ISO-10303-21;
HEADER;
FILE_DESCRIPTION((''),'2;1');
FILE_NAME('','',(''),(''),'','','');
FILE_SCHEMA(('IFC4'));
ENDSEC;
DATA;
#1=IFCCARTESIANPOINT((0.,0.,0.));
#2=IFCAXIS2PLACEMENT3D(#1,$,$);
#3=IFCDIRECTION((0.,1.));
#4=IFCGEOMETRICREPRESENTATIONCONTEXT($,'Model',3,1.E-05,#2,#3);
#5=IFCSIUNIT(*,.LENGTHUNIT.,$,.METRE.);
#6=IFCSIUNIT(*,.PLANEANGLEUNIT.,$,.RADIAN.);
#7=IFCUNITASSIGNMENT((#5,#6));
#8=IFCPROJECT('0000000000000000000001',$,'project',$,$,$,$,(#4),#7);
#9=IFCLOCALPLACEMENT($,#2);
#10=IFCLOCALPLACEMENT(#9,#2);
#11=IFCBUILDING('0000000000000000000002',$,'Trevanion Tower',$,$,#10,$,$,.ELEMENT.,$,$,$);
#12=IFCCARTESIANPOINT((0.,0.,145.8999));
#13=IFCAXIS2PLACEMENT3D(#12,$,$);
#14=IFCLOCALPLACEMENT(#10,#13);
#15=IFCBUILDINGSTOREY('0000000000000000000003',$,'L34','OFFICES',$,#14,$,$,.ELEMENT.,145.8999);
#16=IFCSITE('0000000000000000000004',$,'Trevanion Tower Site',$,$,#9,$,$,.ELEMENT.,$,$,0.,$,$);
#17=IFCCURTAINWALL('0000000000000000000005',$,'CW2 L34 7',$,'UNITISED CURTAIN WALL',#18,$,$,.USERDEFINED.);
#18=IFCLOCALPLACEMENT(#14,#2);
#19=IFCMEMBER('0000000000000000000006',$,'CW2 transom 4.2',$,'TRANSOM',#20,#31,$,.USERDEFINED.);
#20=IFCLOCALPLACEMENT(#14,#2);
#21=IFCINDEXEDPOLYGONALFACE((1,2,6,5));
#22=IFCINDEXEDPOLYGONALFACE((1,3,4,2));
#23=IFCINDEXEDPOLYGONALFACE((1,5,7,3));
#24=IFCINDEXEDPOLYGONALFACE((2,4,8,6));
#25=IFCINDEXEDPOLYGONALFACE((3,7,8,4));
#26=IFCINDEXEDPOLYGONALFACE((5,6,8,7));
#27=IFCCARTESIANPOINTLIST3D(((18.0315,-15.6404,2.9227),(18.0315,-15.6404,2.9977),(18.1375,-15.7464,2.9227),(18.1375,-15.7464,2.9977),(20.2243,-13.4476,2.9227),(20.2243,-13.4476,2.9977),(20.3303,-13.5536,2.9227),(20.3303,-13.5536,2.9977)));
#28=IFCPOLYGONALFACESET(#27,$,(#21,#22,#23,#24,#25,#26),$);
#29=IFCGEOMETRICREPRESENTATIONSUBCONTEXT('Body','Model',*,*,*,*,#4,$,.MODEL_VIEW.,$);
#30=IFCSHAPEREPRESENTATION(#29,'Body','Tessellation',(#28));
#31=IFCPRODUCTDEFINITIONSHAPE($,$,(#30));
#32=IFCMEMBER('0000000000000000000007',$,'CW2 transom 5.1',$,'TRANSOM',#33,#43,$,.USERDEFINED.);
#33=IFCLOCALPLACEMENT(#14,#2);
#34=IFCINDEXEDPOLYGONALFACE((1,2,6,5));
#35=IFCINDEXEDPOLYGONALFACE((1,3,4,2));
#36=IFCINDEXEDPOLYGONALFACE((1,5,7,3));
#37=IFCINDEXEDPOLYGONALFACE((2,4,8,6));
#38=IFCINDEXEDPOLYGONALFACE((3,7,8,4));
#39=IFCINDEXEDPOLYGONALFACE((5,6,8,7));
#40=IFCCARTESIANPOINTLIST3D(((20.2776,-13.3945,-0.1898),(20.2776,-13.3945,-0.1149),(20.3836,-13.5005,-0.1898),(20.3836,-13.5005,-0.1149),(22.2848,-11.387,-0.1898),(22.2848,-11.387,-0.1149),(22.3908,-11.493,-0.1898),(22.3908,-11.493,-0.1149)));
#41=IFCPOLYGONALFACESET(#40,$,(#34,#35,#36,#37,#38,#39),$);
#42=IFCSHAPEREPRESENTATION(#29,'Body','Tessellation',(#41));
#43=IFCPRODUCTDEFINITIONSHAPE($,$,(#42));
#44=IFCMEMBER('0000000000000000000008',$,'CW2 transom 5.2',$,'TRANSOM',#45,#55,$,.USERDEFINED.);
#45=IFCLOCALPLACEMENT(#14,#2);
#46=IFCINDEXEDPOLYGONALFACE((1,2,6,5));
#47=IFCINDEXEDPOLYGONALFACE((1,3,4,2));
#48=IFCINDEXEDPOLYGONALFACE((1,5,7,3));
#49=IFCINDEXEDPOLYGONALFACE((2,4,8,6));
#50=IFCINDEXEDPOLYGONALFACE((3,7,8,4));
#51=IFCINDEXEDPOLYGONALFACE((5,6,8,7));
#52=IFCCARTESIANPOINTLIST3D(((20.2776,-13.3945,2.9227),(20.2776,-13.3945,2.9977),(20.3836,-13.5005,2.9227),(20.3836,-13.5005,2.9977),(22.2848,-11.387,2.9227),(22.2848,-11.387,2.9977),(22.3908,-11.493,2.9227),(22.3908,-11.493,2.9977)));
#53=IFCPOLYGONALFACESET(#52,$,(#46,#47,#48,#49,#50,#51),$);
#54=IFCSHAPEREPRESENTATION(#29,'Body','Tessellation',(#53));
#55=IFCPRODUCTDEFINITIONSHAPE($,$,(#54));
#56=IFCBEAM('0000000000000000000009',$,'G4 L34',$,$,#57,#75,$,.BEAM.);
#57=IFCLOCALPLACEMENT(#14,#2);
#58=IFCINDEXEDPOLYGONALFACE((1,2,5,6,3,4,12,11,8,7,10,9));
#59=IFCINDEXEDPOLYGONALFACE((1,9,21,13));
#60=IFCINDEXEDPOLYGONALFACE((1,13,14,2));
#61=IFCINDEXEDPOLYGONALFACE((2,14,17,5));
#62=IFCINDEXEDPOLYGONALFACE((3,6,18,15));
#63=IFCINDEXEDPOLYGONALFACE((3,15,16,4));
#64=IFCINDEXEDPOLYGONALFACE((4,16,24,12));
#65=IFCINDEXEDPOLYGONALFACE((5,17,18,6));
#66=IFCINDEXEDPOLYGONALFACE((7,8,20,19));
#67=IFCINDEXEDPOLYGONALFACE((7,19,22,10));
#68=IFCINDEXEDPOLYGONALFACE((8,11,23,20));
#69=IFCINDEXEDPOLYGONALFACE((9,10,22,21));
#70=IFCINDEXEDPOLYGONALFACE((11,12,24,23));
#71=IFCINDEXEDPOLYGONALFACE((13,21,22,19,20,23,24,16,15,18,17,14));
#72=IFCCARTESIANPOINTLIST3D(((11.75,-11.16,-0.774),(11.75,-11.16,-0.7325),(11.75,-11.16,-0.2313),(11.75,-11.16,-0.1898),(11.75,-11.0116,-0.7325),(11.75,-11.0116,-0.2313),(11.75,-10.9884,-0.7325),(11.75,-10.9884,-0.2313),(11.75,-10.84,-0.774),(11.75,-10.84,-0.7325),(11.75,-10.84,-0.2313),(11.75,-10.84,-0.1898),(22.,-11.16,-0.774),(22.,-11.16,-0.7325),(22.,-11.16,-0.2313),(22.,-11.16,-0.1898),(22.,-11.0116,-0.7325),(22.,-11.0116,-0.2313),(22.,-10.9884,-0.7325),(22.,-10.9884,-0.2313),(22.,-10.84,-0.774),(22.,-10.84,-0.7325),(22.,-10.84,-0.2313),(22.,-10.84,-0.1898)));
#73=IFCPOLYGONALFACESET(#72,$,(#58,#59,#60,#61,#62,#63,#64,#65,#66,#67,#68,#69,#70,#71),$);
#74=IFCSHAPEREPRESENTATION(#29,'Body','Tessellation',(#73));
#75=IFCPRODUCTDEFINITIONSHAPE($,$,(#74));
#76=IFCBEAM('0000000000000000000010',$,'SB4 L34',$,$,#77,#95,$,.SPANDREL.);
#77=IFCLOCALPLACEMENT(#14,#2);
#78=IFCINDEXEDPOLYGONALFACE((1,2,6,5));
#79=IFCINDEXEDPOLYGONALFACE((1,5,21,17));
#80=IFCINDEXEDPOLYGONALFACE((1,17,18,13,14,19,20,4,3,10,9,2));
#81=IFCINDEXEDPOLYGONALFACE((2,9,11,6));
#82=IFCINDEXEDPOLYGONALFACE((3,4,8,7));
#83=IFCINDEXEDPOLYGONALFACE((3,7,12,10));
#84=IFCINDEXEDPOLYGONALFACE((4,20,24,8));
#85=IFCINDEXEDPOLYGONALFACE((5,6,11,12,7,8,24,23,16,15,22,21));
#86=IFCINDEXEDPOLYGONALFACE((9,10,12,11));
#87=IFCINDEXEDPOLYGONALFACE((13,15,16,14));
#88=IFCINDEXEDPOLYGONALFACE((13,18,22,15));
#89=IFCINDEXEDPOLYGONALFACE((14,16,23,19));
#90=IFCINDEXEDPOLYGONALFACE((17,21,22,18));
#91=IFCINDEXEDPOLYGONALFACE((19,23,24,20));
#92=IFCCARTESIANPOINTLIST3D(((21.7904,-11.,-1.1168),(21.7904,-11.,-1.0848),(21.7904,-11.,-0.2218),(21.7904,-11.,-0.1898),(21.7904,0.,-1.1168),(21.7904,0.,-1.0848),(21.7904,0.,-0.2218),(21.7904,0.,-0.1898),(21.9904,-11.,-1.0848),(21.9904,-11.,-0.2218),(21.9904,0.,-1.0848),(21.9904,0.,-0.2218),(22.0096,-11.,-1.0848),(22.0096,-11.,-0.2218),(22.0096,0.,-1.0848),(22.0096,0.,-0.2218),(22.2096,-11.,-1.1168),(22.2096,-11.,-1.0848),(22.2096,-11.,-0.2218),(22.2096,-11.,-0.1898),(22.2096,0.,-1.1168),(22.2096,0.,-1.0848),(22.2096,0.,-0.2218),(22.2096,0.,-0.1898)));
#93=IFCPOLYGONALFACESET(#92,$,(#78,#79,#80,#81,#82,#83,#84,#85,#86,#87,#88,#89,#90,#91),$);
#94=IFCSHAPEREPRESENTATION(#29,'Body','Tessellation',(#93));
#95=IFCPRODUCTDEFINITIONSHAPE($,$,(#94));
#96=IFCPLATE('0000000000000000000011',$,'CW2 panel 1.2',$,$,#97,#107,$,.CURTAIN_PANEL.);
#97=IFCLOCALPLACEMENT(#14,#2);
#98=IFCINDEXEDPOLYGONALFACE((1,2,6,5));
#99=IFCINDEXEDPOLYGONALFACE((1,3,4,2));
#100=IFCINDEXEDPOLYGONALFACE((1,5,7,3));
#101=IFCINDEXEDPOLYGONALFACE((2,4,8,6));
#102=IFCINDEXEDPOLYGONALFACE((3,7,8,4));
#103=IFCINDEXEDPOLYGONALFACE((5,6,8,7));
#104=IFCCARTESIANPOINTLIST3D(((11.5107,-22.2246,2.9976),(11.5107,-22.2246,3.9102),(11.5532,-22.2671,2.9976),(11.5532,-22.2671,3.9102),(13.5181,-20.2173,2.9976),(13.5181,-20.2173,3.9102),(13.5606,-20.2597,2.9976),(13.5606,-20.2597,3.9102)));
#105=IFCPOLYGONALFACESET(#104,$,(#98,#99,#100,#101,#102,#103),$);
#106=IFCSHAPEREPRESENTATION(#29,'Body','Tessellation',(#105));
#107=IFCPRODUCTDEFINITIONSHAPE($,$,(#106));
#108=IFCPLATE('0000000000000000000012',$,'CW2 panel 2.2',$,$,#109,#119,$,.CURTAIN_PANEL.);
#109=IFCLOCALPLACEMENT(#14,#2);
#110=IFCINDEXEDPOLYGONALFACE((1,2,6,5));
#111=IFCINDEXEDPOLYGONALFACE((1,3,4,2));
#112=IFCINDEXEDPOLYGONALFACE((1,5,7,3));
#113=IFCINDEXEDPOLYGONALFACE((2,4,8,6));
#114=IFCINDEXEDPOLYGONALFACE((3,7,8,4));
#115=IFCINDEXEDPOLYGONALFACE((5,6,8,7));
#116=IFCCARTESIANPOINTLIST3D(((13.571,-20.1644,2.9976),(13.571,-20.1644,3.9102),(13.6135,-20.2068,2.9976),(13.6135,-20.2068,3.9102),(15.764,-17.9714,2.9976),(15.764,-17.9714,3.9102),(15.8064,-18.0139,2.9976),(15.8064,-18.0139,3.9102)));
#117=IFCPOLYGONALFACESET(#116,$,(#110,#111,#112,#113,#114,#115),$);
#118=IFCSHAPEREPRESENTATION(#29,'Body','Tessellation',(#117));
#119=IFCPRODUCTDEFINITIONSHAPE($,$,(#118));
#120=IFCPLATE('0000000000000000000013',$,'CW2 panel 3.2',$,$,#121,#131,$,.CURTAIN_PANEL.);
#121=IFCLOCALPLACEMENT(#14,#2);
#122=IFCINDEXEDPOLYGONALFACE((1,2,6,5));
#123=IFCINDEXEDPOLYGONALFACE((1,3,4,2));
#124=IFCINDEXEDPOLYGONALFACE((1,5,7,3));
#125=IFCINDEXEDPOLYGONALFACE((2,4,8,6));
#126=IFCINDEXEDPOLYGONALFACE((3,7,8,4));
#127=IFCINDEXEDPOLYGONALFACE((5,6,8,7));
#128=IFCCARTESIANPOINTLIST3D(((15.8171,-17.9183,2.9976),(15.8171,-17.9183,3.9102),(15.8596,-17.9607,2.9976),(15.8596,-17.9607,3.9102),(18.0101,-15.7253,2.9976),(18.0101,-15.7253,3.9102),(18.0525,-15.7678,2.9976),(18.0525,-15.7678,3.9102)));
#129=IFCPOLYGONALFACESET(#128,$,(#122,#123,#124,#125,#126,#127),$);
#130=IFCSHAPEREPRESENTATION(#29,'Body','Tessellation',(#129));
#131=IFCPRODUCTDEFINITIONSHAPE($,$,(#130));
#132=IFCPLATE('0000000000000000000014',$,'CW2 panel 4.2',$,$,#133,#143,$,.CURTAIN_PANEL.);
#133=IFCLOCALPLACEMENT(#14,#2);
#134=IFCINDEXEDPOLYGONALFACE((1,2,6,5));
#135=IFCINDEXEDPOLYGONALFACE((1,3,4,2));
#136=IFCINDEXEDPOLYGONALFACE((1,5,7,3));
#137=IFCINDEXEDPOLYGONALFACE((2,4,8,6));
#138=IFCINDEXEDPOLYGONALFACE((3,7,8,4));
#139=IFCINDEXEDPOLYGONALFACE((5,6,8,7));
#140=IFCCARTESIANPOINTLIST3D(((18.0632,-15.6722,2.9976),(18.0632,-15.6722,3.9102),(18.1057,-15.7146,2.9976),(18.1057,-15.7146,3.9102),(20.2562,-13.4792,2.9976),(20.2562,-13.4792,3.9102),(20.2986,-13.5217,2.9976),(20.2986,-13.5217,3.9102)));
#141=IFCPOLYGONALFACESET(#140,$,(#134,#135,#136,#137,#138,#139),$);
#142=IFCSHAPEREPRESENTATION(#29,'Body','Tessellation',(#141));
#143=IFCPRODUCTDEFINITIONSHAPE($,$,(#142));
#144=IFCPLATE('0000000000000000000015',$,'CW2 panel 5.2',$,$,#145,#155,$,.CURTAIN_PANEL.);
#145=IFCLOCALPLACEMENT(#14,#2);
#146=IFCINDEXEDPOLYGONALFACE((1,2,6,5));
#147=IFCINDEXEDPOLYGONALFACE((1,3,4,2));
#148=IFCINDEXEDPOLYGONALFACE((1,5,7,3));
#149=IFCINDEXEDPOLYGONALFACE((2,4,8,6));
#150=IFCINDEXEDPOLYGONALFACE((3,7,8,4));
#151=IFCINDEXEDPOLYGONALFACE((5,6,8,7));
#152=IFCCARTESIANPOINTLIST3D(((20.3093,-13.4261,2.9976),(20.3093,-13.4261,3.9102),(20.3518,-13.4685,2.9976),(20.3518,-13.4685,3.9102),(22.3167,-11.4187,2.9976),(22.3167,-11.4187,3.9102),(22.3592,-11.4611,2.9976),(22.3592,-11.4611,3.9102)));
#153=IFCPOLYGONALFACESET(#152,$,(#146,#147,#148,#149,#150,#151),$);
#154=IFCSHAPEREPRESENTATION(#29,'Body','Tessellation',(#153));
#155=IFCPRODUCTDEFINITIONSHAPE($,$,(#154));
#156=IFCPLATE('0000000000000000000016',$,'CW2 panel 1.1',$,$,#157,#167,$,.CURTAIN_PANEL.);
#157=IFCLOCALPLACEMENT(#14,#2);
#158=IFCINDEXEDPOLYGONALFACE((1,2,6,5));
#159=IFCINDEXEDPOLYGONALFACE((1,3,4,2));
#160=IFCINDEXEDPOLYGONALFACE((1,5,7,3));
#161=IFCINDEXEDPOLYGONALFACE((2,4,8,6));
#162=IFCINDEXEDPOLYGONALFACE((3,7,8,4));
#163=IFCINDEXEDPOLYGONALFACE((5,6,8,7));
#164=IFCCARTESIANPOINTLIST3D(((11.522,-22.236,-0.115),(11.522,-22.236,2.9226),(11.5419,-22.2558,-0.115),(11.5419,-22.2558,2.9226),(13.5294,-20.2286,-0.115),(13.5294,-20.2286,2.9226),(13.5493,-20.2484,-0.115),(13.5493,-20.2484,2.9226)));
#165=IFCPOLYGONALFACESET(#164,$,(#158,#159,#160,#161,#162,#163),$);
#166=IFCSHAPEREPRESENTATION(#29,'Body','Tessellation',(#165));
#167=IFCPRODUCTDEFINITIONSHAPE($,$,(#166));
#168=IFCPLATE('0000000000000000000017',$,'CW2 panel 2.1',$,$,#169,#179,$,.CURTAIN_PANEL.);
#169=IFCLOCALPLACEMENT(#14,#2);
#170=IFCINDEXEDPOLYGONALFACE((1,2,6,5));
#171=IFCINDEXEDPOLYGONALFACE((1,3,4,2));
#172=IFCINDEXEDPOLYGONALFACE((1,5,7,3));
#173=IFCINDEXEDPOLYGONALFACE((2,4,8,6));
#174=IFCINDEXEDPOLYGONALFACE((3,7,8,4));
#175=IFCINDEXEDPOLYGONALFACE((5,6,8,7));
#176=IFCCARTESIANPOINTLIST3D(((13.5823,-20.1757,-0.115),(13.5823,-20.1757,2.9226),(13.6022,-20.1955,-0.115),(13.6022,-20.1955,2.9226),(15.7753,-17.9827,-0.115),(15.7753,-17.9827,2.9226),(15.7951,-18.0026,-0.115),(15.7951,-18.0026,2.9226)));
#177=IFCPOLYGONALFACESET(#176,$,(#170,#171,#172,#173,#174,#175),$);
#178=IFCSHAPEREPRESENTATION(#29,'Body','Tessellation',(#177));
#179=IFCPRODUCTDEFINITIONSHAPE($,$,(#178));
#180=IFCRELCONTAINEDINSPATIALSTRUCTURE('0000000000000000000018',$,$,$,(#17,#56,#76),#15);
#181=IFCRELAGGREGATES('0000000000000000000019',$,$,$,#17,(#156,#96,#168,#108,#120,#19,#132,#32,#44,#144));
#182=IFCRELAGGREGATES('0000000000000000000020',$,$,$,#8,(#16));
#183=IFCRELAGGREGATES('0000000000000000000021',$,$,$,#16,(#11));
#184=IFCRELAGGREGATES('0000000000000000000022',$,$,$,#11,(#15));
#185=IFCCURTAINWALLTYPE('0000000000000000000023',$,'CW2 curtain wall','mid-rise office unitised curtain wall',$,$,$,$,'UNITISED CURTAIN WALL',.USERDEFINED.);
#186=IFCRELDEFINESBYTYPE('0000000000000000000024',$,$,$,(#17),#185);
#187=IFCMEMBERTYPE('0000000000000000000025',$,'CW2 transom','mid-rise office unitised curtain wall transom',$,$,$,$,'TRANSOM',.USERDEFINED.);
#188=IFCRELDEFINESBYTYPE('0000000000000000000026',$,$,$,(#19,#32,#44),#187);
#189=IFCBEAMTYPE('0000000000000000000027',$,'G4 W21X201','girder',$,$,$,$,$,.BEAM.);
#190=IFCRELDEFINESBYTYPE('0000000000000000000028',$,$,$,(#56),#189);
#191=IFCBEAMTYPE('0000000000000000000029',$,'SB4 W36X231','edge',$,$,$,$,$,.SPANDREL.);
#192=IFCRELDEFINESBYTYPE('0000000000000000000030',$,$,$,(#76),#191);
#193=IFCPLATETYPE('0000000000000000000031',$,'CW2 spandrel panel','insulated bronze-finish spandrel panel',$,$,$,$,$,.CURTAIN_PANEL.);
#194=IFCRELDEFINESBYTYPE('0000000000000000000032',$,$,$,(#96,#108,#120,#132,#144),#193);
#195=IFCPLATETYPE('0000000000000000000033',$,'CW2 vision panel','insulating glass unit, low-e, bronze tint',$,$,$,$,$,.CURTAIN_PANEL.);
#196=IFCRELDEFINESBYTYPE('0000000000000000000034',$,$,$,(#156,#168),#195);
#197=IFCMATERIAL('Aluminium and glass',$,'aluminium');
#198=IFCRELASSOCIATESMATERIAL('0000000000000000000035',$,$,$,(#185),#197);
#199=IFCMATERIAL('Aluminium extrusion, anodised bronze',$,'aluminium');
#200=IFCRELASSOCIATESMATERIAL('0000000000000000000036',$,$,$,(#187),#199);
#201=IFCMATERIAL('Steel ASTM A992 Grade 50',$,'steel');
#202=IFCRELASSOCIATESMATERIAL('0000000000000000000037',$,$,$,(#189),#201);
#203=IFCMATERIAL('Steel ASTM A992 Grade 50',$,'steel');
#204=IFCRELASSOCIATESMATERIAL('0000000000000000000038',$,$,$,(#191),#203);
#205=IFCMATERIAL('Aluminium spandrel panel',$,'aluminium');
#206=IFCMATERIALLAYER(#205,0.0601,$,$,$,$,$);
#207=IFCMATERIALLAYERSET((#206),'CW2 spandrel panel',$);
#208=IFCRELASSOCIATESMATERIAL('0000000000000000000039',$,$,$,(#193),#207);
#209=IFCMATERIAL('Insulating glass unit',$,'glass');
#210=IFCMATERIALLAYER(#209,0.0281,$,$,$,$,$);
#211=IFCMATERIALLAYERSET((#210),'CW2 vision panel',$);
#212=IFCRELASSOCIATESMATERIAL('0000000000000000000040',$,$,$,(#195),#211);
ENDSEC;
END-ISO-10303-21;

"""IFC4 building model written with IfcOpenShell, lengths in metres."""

from ifc_helpers import new_model, si_unit, direction, frame, origin, origin_2d, place, context, subcontext, project, spatial, rectangle, i_section, extrude, material, layer, layer_set, material_profile, profile_set, type_object, element, aggregate, save


model = new_model("IFC4")

# Units and contexts
model_context = context("Model", 3, precision=1e-05, world=origin(), true_north=direction((0.0, 1.0)))
body_context = subcontext(model_context, "Body", "Model", "MODEL_VIEW")
ifc_project = project(units=[si_unit("LENGTHUNIT", "METRE"), si_unit("PLANEANGLEUNIT", "RADIAN")], contexts=[model_context])

# Site, building, storey
site_placement = place(None, origin())
site = spatial("IfcSite", under=ifc_project, at=site_placement, Name="Trevanion Tower Site", CompositionType="ELEMENT", RefElevation=0.0)
building_placement = place(site_placement, origin())
building = spatial("IfcBuilding", under=site, at=building_placement, Name="Trevanion Tower", CompositionType="ELEMENT")
storey_placement = place(building_placement, frame((0.0, 0.0, 145.8999)))
storey = spatial("IfcBuildingStorey", under=building, at=storey_placement, Name="L34", Description="OFFICES", CompositionType="ELEMENT", Elevation=145.8999)

# Curtain wall, members
ifc_material_1 = material(Name="Aluminium and glass", Category="aluminium")
curtain_wall_type = type_object("IfcCurtainWallType", Name="CW2 curtain wall", Description="mid-rise office unitised curtain wall", ElementType="UNITISED CURTAIN WALL", PredefinedType="USERDEFINED", material=ifc_material_1)
curtain_wall_placement = place(storey_placement, origin())
curtain_wall = element("IfcCurtainWall", 1, at=curtain_wall_placement, inside=storey, type_object=curtain_wall_type, Name="CW2 L34 7", ObjectType="UNITISED CURTAIN WALL", PredefinedType="USERDEFINED")
ifc_material_2 = material(Name="Aluminium extrusion, anodised bronze", Category="aluminium")
ifc_material_profile_1 = material_profile(ifc_material_2, rectangle(XDim=0.1499, YDim=0.075, at=origin_2d()), Name="CW2 transom")
ifc_profile_set_1 = profile_set([ifc_material_profile_1], Name="Aluminium extrusion, anodised bronze")
member_type_1 = type_object("IfcMemberType", Name="CW2 transom", Description="mid-rise office unitised curtain wall transom", ElementType="TRANSOM", PredefinedType="USERDEFINED", material=ifc_profile_set_1)
member_1_placement = place(storey_placement, frame((18.0845, -15.6934, 2.9602), z_axis=(0.707107, 0.707107, 0.0), x_axis=(-0.707107, 0.707107, 0.0)))
member_1 = element("IfcMember", 2, at=member_1_placement, type_object=member_type_1, Name="CW2 transom 4.2", ObjectType="TRANSOM", PredefinedType="USERDEFINED", context=body_context, shape_type="SweptSolid", body=[
    extrude(rectangle(XDim=0.1499, YDim=0.075, at=origin_2d()), origin(), (0.0, 0.0, 1.0), 3.1011),
])
member_2_placement = place(storey_placement, frame((20.3306, -13.4475, -0.1523), z_axis=(0.707064, 0.70715, 0.0), x_axis=(-0.70715, 0.707064, 0.0)))
member_2 = element("IfcMember", 3, at=member_2_placement, type_object=member_type_1, Name="CW2 transom 5.1", ObjectType="TRANSOM", PredefinedType="USERDEFINED", context=body_context, shape_type="SweptSolid", body=[
    extrude(rectangle(XDim=0.1499, YDim=0.075, at=origin_2d()), origin(), (0.0, 0.0, 1.0), 2.8389),
])
member_3_placement = place(storey_placement, frame((20.3306, -13.4475, 2.9602), z_axis=(0.707064, 0.70715, 0.0), x_axis=(-0.70715, 0.707064, 0.0)))
member_3 = element("IfcMember", 4, at=member_3_placement, type_object=member_type_1, Name="CW2 transom 5.2", ObjectType="TRANSOM", PredefinedType="USERDEFINED", context=body_context, shape_type="SweptSolid", body=[
    extrude(rectangle(XDim=0.1499, YDim=0.075, at=origin_2d()), origin(), (0.0, 0.0, 1.0), 2.8389),
])

# Beams
ifc_material_3 = material(Name="Steel ASTM A992 Grade 50", Category="steel")
ifc_material_profile_2 = material_profile(ifc_material_3, i_section(OverallWidth=0.3201, OverallDepth=0.5842, WebThickness=0.0232, FlangeThickness=0.0415, at=origin_2d()), Name="W21X201")
ifc_profile_set_2 = profile_set([ifc_material_profile_2], Name="Steel ASTM A992 Grade 50")
beam_type_1 = type_object("IfcBeamType", Name="G4 W21X201", Description="girder", PredefinedType="BEAM", material=ifc_profile_set_2)
beam_1_placement = place(storey_placement, frame((11.75, -11.0, -0.4819), z_axis=(1.0, 0.0, 0.0), x_axis=(0.0, 1.0, 0.0)))
element("IfcBeam", 5, at=beam_1_placement, inside=storey, type_object=beam_type_1, Name="G4 L34", PredefinedType="BEAM", context=body_context, shape_type="SweptSolid", body=[
    extrude(i_section(OverallWidth=0.3201, OverallDepth=0.5842, WebThickness=0.0232, FlangeThickness=0.0415, at=origin_2d()), origin(), (0.0, 0.0, 1.0), 10.25),
])
ifc_material_4 = material(Name="Steel ASTM A992 Grade 50", Category="steel")
ifc_material_profile_3 = material_profile(ifc_material_4, i_section(OverallWidth=0.4192, OverallDepth=0.927, WebThickness=0.0193, FlangeThickness=0.032, at=origin_2d()), Name="W36X231")
ifc_profile_set_3 = profile_set([ifc_material_profile_3], Name="Steel ASTM A992 Grade 50")
beam_type_2 = type_object("IfcBeamType", Name="SB4 W36X231", Description="edge", PredefinedType="SPANDREL", material=ifc_profile_set_3)
beam_2_placement = place(storey_placement, frame((22.0, -11.0, -0.6533), z_axis=(0.0, 1.0, 0.0), x_axis=(-1.0, 0.0, 0.0)))
element("IfcBeam", 6, at=beam_2_placement, inside=storey, type_object=beam_type_2, Name="SB4 L34", PredefinedType="SPANDREL", context=body_context, shape_type="SweptSolid", body=[
    extrude(i_section(OverallWidth=0.4192, OverallDepth=0.927, WebThickness=0.0193, FlangeThickness=0.032, at=origin_2d()), origin(), (0.0, 0.0, 1.0), 11.0),
])

# Plates
ifc_material_5 = material(Name="Aluminium spandrel panel", Category="aluminium")
ifc_layer_1 = layer(ifc_material_5, 0.0601)
ifc_layer_set_1 = layer_set([ifc_layer_1], Name="CW2 spandrel panel")
plate_type_1 = type_object("IfcPlateType", Name="CW2 spandrel panel", Description="insulated bronze-finish spandrel panel", PredefinedType="CURTAIN_PANEL", material=ifc_layer_set_1)
plate_1_placement = place(storey_placement, frame((12.5356, -21.2422, 2.9976), z_axis=(0.0, 0.0, 1.0), x_axis=(0.707107, 0.707107, 0.0)))
plate_1 = element("IfcPlate", 7, at=plate_1_placement, type_object=plate_type_1, Name="CW2 panel 1.2", PredefinedType="CURTAIN_PANEL", context=body_context, shape_type="SweptSolid", body=[
    extrude(rectangle(XDim=2.8389, YDim=0.0601, at=origin_2d()), origin(), (0.0, 0.0, 1.0), 0.9126),
])
plate_2_placement = place(storey_placement, frame((14.6887, -19.0891, 2.9976), z_axis=(0.0, 0.0, 1.0), x_axis=(0.707107, 0.707107, 0.0)))
plate_2 = element("IfcPlate", 8, at=plate_2_placement, type_object=plate_type_1, Name="CW2 panel 2.2", PredefinedType="CURTAIN_PANEL", context=body_context, shape_type="SweptSolid", body=[
    extrude(rectangle(XDim=3.1013, YDim=0.0601, at=origin_2d()), origin(), (0.0, 0.0, 1.0), 0.9126),
])
plate_3_placement = place(storey_placement, frame((16.9348, -16.843, 2.9976), z_axis=(0.0, 0.0, 1.0), x_axis=(0.707107, 0.707107, 0.0)))
plate_3 = element("IfcPlate", 9, at=plate_3_placement, type_object=plate_type_1, Name="CW2 panel 3.2", PredefinedType="CURTAIN_PANEL", context=body_context, shape_type="SweptSolid", body=[
    extrude(rectangle(XDim=3.1013, YDim=0.0601, at=origin_2d()), origin(), (0.0, 0.0, 1.0), 0.9126),
])
plate_4_placement = place(storey_placement, frame((19.1809, -14.5969, 2.9976), z_axis=(0.0, 0.0, 1.0), x_axis=(0.707107, 0.707107, 0.0)))
plate_4 = element("IfcPlate", 10, at=plate_4_placement, type_object=plate_type_1, Name="CW2 panel 4.2", PredefinedType="CURTAIN_PANEL", context=body_context, shape_type="SweptSolid", body=[
    extrude(rectangle(XDim=3.1013, YDim=0.0601, at=origin_2d()), origin(), (0.0, 0.0, 1.0), 0.9126),
])
plate_5_placement = place(storey_placement, frame((21.3342, -12.4436, 2.9976), z_axis=(0.0, 0.0, 1.0), x_axis=(0.707107, 0.707107, 0.0)))
plate_5 = element("IfcPlate", 11, at=plate_5_placement, type_object=plate_type_1, Name="CW2 panel 5.2", PredefinedType="CURTAIN_PANEL", context=body_context, shape_type="SweptSolid", body=[
    extrude(rectangle(XDim=2.8389, YDim=0.0601, at=origin_2d()), origin(), (0.0, 0.0, 1.0), 0.9126),
])
ifc_material_6 = material(Name="Insulating glass unit", Category="glass")
ifc_layer_2 = layer(ifc_material_6, 0.0281)
ifc_layer_set_2 = layer_set([ifc_layer_2], Name="CW2 vision panel")
plate_type_2 = type_object("IfcPlateType", Name="CW2 vision panel", Description="insulating glass unit, low-e, bronze tint", PredefinedType="CURTAIN_PANEL", material=ifc_layer_set_2)
plate_6_placement = place(storey_placement, frame((12.5356, -21.2422, -0.115), z_axis=(0.0, 0.0, 1.0), x_axis=(0.707107, 0.707107, 0.0)))
plate_6 = element("IfcPlate", 12, at=plate_6_placement, type_object=plate_type_2, Name="CW2 panel 1.1", PredefinedType="CURTAIN_PANEL", context=body_context, shape_type="SweptSolid", body=[
    extrude(rectangle(XDim=2.8389, YDim=0.0281, at=origin_2d()), origin(), (0.0, 0.0, 1.0), 3.0376),
])
plate_7_placement = place(storey_placement, frame((14.6887, -19.0891, -0.115), z_axis=(0.0, 0.0, 1.0), x_axis=(0.707107, 0.707107, 0.0)))
plate_7 = element("IfcPlate", 13, at=plate_7_placement, type_object=plate_type_2, Name="CW2 panel 2.1", PredefinedType="CURTAIN_PANEL", context=body_context, shape_type="SweptSolid", body=[
    extrude(rectangle(XDim=3.1013, YDim=0.0281, at=origin_2d()), origin(), (0.0, 0.0, 1.0), 3.0376),
])
aggregate(curtain_wall, [plate_6, plate_1, plate_7, plate_2, plate_3, member_1, plate_4, member_2, member_3, plate_5])

save(model, "model.ifc")
